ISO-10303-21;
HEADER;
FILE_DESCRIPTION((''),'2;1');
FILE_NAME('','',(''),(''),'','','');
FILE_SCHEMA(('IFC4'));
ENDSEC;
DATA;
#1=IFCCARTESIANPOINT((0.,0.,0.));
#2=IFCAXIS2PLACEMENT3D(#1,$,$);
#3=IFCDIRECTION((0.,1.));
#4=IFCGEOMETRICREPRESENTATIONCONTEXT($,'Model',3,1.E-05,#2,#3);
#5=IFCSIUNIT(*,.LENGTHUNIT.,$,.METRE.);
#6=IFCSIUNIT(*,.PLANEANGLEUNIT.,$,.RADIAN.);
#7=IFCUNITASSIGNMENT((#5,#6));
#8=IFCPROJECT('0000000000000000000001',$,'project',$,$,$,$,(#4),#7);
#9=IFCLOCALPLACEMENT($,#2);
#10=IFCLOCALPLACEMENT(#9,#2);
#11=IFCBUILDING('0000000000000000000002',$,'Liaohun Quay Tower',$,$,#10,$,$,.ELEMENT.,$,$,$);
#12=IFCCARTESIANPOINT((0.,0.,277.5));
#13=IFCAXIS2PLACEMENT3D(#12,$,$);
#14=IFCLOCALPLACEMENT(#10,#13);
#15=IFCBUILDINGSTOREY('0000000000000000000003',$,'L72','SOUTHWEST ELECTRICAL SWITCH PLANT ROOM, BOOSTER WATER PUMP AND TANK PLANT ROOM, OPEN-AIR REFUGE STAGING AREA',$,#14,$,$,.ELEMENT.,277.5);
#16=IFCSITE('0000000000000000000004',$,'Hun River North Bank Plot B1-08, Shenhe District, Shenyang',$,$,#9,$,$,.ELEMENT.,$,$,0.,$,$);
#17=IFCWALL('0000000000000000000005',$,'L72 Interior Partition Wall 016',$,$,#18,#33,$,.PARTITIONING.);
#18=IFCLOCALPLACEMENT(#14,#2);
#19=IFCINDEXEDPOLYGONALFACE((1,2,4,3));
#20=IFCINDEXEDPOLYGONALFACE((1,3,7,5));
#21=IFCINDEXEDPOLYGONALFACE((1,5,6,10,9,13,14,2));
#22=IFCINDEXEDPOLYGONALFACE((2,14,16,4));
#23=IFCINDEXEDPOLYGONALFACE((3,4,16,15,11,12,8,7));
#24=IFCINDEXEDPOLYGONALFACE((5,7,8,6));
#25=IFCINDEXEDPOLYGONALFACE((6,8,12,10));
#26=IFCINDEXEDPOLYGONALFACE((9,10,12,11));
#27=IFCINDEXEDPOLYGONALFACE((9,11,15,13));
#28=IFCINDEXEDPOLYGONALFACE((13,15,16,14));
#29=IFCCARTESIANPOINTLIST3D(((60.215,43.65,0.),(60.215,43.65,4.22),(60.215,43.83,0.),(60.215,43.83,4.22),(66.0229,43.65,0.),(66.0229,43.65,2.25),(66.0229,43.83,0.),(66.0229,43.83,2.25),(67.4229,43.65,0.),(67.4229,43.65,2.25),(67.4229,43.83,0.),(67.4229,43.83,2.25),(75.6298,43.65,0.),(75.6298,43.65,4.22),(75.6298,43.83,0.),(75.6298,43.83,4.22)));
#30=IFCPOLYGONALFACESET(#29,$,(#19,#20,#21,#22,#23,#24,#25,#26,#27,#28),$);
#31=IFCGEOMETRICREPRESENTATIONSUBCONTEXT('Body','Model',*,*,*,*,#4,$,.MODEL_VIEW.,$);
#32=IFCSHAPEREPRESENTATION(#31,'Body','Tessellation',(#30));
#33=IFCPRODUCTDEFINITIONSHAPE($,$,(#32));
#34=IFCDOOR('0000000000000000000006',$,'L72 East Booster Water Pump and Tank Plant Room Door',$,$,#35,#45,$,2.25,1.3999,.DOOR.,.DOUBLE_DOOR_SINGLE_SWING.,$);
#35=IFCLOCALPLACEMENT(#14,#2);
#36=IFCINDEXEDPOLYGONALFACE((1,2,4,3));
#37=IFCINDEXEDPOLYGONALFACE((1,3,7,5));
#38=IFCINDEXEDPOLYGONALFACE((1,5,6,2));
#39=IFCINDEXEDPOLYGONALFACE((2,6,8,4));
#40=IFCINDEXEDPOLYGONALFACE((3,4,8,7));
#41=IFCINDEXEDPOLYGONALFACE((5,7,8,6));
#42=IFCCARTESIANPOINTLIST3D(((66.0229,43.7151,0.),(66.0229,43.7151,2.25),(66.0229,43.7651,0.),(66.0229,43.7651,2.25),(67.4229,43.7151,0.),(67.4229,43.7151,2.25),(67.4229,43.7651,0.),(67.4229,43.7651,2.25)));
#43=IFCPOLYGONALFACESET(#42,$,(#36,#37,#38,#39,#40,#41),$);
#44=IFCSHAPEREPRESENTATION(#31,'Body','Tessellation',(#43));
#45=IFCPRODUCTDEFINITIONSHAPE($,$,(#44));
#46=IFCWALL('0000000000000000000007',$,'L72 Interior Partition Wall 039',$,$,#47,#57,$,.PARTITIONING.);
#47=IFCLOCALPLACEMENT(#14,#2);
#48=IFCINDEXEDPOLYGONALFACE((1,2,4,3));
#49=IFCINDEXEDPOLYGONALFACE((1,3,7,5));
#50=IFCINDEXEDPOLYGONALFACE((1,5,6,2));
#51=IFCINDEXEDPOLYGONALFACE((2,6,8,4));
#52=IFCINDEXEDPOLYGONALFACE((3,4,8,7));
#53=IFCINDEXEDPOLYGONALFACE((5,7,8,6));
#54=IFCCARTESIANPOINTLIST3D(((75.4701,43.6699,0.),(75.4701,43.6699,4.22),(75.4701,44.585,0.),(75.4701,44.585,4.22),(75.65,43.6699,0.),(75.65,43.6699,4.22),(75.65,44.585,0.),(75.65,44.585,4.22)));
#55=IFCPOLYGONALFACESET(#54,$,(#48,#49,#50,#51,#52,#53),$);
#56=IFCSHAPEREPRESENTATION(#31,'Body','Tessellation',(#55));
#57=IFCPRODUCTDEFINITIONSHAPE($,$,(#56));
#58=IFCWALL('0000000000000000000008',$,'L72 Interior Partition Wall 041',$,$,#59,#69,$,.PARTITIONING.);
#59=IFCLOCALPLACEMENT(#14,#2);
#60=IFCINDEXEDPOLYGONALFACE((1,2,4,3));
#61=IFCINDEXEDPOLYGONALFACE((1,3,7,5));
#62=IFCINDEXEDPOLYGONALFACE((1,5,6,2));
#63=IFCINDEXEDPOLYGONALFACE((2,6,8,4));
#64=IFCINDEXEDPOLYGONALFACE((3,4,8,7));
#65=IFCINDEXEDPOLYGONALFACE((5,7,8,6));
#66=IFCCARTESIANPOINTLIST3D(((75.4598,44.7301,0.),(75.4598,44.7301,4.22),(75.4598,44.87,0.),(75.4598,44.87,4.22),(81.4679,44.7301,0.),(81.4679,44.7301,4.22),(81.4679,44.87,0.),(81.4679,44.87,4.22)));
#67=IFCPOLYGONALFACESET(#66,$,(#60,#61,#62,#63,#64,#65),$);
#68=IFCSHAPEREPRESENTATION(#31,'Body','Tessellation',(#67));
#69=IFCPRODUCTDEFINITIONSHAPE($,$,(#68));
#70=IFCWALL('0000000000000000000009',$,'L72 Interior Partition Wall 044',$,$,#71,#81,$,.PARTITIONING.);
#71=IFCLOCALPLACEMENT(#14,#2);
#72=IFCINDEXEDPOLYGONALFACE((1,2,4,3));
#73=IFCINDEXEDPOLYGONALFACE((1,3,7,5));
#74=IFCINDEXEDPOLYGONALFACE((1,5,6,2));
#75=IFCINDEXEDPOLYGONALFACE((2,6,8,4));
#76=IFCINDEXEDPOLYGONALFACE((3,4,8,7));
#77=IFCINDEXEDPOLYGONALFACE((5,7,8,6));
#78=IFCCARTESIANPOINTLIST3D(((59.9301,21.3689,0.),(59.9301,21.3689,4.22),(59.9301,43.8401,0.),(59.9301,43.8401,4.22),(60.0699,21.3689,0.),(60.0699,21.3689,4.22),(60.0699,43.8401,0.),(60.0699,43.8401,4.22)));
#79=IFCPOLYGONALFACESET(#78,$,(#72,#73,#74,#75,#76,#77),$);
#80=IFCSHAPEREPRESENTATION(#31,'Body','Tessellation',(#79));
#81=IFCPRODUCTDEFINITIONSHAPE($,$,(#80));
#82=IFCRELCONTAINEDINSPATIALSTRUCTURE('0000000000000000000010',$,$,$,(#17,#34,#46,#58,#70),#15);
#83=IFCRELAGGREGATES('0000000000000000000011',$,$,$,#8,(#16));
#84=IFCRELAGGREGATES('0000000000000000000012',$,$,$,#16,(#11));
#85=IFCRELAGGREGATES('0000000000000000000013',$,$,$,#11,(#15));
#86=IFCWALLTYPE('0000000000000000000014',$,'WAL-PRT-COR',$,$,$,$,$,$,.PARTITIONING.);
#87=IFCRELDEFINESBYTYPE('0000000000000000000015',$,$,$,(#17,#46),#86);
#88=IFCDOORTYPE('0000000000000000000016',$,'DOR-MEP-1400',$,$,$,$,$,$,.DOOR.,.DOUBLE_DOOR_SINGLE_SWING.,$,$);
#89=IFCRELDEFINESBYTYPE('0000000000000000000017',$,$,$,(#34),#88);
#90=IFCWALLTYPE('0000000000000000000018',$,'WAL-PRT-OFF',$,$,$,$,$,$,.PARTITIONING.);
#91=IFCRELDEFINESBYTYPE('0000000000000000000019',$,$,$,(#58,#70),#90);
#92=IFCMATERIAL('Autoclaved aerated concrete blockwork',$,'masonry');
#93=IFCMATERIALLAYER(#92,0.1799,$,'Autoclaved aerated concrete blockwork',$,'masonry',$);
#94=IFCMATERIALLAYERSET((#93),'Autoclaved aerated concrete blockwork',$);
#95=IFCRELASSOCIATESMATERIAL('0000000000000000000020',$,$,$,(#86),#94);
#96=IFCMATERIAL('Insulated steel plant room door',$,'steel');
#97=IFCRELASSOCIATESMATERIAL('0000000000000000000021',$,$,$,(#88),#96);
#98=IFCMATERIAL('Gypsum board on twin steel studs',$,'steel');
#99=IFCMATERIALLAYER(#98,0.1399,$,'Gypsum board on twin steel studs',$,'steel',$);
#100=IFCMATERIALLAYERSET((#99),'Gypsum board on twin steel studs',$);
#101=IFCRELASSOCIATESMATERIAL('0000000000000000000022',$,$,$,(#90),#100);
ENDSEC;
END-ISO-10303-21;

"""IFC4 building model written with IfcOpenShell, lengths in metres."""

from ifc_helpers import new_model, si_unit, direction, frame, frame_2d, origin, place, context, subcontext, project, spatial, rectangle, extrude, source, transform, mapped, material, layer, layer_set, type_object, element, fill, save


model = new_model("IFC4")

# Units and contexts
model_context = context("Model", 3, precision=1e-05, world=origin(), true_north=direction((0.0, 1.0)))
body_context = subcontext(model_context, "Body", "Model", "MODEL_VIEW")
ifc_project = project(units=[si_unit("LENGTHUNIT", "METRE"), si_unit("PLANEANGLEUNIT", "RADIAN")], contexts=[model_context])

# Site, building, storey
site_placement = place(None, origin())
site = spatial("IfcSite", under=ifc_project, at=site_placement, Name="Hun River North Bank Plot B1-08, Shenhe District, Shenyang", CompositionType="ELEMENT", RefElevation=0.0)
building_placement = place(site_placement, origin())
building = spatial("IfcBuilding", under=site, at=building_placement, Name="Liaohun Quay Tower", CompositionType="ELEMENT")
storey_placement = place(building_placement, frame((0.0, 0.0, 277.5)))
storey = spatial("IfcBuildingStorey", under=building, at=storey_placement, Name="L72", Description="SOUTHWEST ELECTRICAL SWITCH PLANT ROOM, BOOSTER WATER PUMP AND TANK PLANT ROOM, OPEN-AIR REFUGE STAGING AREA", CompositionType="ELEMENT", Elevation=277.5)

# Wall, opening, door
ifc_material_1 = material(Name="Autoclaved aerated concrete blockwork", Category="masonry")
ifc_layer_1 = layer(ifc_material_1, 0.1799, Name="Autoclaved aerated concrete blockwork", Category="masonry")
ifc_layer_set_1 = layer_set([ifc_layer_1], Name="Autoclaved aerated concrete blockwork")
wall_type_1 = type_object("IfcWallType", Name="WAL-PRT-COR", PredefinedType="PARTITIONING", material=ifc_layer_set_1)
wall_1_placement = place(storey_placement, frame((75.6299, 43.74, 0.0), z_axis=(0.0, 0.0, 1.0), x_axis=(-1.0, 0.0, 0.0)))
wall_1 = element("IfcWall", 1, at=wall_1_placement, inside=storey, type_object=wall_type_1, Name="L72 Interior Partition Wall 016", PredefinedType="PARTITIONING", context=body_context, shape_type="SweptSolid", body=[
    extrude(rectangle(XDim=15.4148, YDim=0.1799, at=frame_2d((7.7075, 0.0))), origin(), (0.0, 0.0, 1.0), 4.22),
])
shared_shape_1 = source(origin(), body_context, "Body", "SweptSolid", [
    extrude(rectangle(XDim=1.3999, YDim=2.25, at=frame_2d((0.7, 1.125))), frame((0.0, 0.0999, 0.0), z_axis=(0.0, -1.0, 0.0), x_axis=(1.0, 0.0, 0.0)), (0.0, 0.0, 1.0), 0.2),
])
opening_1_placement = place(wall_1_placement, frame((8.207, 0.0, 0.0)))
opening_1 = element("IfcOpeningElement", 2, at=opening_1_placement, cuts=wall_1, PredefinedType="OPENING", context=body_context, shape_type="MappedRepresentation", body=[
    mapped(shared_shape_1, transform((0.0, 0.0, 0.0), x_axis=(1.0, 0.0, 0.0), y_axis=(0.0, 1.0, 0.0), z_axis=(0.0, 0.0, 1.0), scale=1.0)),
])
ifc_material_2 = material(Name="Insulated steel plant room door", Category="steel")
door_type_1 = type_object("IfcDoorType", Name="DOR-MEP-1400", OperationType="DOUBLE_DOOR_SINGLE_SWING", PredefinedType="DOOR", material=ifc_material_2)
shared_shape_2 = source(origin(), body_context, "Body", "SweptSolid", [
    extrude(rectangle(XDim=1.3999, YDim=2.25, at=frame_2d((0.7, 1.125))), frame((0.0, 0.0249, 0.0), z_axis=(0.0, -1.0, 0.0), x_axis=(1.0, 0.0, 0.0)), (0.0, 0.0, 1.0), 0.05),
])
door_1_placement = place(opening_1_placement, origin())
door_1 = element("IfcDoor", 3, at=door_1_placement, inside=storey, type_object=door_type_1, Name="L72 East Booster Water Pump and Tank Plant Room Door", OperationType="DOUBLE_DOOR_SINGLE_SWING", OverallHeight=2.25, OverallWidth=1.3999, PredefinedType="DOOR", context=body_context, shape_type="MappedRepresentation", body=[
    mapped(shared_shape_2, transform((0.0, 0.0, 0.0), x_axis=(1.0, 0.0, 0.0), y_axis=(0.0, 1.0, 0.0), z_axis=(0.0, 0.0, 1.0), scale=1.0)),
])
fill(opening_1, door_1)

# Walls
wall_2_placement = place(storey_placement, frame((75.5601, 44.585, 0.0), z_axis=(0.0, 0.0, 1.0), x_axis=(0.0, -1.0, 0.0)))
element("IfcWall", 4, at=wall_2_placement, inside=storey, type_object=wall_type_1, Name="L72 Interior Partition Wall 039", PredefinedType="PARTITIONING", context=body_context, shape_type="SweptSolid", body=[
    extrude(rectangle(XDim=0.915, YDim=0.1799, at=frame_2d((0.4575, 0.0))), origin(), (0.0, 0.0, 1.0), 4.22),
])
ifc_material_3 = material(Name="Gypsum board on twin steel studs", Category="steel")
ifc_layer_2 = layer(ifc_material_3, 0.1399, Name="Gypsum board on twin steel studs", Category="steel")
ifc_layer_set_2 = layer_set([ifc_layer_2], Name="Gypsum board on twin steel studs")
wall_type_2 = type_object("IfcWallType", Name="WAL-PRT-OFF", PredefinedType="PARTITIONING", material=ifc_layer_set_2)
wall_3_placement = place(storey_placement, frame((75.46, 44.8, 0.0), z_axis=(0.0, 0.0, 1.0), x_axis=(1.0, 0.0, 0.0)))
element("IfcWall", 5, at=wall_3_placement, inside=storey, type_object=wall_type_2, Name="L72 Interior Partition Wall 041", PredefinedType="PARTITIONING", context=body_context, shape_type="SweptSolid", body=[
    extrude(rectangle(XDim=6.0081, YDim=0.1399, at=frame_2d((3.0039, 0.0))), origin(), (0.0, 0.0, 1.0), 4.22),
])
wall_4_placement = place(storey_placement, frame((60.0, 43.8401, 0.0), z_axis=(0.0, 0.0, 1.0), x_axis=(0.0, -1.0, 0.0)))
element("IfcWall", 6, at=wall_4_placement, inside=storey, type_object=wall_type_2, Name="L72 Interior Partition Wall 044", PredefinedType="PARTITIONING", context=body_context, shape_type="SweptSolid", body=[
    extrude(rectangle(XDim=22.4712, YDim=0.1399, at=frame_2d((11.2356, 0.0))), origin(), (0.0, 0.0, 1.0), 4.22),
])

save(model, "model.ifc")
